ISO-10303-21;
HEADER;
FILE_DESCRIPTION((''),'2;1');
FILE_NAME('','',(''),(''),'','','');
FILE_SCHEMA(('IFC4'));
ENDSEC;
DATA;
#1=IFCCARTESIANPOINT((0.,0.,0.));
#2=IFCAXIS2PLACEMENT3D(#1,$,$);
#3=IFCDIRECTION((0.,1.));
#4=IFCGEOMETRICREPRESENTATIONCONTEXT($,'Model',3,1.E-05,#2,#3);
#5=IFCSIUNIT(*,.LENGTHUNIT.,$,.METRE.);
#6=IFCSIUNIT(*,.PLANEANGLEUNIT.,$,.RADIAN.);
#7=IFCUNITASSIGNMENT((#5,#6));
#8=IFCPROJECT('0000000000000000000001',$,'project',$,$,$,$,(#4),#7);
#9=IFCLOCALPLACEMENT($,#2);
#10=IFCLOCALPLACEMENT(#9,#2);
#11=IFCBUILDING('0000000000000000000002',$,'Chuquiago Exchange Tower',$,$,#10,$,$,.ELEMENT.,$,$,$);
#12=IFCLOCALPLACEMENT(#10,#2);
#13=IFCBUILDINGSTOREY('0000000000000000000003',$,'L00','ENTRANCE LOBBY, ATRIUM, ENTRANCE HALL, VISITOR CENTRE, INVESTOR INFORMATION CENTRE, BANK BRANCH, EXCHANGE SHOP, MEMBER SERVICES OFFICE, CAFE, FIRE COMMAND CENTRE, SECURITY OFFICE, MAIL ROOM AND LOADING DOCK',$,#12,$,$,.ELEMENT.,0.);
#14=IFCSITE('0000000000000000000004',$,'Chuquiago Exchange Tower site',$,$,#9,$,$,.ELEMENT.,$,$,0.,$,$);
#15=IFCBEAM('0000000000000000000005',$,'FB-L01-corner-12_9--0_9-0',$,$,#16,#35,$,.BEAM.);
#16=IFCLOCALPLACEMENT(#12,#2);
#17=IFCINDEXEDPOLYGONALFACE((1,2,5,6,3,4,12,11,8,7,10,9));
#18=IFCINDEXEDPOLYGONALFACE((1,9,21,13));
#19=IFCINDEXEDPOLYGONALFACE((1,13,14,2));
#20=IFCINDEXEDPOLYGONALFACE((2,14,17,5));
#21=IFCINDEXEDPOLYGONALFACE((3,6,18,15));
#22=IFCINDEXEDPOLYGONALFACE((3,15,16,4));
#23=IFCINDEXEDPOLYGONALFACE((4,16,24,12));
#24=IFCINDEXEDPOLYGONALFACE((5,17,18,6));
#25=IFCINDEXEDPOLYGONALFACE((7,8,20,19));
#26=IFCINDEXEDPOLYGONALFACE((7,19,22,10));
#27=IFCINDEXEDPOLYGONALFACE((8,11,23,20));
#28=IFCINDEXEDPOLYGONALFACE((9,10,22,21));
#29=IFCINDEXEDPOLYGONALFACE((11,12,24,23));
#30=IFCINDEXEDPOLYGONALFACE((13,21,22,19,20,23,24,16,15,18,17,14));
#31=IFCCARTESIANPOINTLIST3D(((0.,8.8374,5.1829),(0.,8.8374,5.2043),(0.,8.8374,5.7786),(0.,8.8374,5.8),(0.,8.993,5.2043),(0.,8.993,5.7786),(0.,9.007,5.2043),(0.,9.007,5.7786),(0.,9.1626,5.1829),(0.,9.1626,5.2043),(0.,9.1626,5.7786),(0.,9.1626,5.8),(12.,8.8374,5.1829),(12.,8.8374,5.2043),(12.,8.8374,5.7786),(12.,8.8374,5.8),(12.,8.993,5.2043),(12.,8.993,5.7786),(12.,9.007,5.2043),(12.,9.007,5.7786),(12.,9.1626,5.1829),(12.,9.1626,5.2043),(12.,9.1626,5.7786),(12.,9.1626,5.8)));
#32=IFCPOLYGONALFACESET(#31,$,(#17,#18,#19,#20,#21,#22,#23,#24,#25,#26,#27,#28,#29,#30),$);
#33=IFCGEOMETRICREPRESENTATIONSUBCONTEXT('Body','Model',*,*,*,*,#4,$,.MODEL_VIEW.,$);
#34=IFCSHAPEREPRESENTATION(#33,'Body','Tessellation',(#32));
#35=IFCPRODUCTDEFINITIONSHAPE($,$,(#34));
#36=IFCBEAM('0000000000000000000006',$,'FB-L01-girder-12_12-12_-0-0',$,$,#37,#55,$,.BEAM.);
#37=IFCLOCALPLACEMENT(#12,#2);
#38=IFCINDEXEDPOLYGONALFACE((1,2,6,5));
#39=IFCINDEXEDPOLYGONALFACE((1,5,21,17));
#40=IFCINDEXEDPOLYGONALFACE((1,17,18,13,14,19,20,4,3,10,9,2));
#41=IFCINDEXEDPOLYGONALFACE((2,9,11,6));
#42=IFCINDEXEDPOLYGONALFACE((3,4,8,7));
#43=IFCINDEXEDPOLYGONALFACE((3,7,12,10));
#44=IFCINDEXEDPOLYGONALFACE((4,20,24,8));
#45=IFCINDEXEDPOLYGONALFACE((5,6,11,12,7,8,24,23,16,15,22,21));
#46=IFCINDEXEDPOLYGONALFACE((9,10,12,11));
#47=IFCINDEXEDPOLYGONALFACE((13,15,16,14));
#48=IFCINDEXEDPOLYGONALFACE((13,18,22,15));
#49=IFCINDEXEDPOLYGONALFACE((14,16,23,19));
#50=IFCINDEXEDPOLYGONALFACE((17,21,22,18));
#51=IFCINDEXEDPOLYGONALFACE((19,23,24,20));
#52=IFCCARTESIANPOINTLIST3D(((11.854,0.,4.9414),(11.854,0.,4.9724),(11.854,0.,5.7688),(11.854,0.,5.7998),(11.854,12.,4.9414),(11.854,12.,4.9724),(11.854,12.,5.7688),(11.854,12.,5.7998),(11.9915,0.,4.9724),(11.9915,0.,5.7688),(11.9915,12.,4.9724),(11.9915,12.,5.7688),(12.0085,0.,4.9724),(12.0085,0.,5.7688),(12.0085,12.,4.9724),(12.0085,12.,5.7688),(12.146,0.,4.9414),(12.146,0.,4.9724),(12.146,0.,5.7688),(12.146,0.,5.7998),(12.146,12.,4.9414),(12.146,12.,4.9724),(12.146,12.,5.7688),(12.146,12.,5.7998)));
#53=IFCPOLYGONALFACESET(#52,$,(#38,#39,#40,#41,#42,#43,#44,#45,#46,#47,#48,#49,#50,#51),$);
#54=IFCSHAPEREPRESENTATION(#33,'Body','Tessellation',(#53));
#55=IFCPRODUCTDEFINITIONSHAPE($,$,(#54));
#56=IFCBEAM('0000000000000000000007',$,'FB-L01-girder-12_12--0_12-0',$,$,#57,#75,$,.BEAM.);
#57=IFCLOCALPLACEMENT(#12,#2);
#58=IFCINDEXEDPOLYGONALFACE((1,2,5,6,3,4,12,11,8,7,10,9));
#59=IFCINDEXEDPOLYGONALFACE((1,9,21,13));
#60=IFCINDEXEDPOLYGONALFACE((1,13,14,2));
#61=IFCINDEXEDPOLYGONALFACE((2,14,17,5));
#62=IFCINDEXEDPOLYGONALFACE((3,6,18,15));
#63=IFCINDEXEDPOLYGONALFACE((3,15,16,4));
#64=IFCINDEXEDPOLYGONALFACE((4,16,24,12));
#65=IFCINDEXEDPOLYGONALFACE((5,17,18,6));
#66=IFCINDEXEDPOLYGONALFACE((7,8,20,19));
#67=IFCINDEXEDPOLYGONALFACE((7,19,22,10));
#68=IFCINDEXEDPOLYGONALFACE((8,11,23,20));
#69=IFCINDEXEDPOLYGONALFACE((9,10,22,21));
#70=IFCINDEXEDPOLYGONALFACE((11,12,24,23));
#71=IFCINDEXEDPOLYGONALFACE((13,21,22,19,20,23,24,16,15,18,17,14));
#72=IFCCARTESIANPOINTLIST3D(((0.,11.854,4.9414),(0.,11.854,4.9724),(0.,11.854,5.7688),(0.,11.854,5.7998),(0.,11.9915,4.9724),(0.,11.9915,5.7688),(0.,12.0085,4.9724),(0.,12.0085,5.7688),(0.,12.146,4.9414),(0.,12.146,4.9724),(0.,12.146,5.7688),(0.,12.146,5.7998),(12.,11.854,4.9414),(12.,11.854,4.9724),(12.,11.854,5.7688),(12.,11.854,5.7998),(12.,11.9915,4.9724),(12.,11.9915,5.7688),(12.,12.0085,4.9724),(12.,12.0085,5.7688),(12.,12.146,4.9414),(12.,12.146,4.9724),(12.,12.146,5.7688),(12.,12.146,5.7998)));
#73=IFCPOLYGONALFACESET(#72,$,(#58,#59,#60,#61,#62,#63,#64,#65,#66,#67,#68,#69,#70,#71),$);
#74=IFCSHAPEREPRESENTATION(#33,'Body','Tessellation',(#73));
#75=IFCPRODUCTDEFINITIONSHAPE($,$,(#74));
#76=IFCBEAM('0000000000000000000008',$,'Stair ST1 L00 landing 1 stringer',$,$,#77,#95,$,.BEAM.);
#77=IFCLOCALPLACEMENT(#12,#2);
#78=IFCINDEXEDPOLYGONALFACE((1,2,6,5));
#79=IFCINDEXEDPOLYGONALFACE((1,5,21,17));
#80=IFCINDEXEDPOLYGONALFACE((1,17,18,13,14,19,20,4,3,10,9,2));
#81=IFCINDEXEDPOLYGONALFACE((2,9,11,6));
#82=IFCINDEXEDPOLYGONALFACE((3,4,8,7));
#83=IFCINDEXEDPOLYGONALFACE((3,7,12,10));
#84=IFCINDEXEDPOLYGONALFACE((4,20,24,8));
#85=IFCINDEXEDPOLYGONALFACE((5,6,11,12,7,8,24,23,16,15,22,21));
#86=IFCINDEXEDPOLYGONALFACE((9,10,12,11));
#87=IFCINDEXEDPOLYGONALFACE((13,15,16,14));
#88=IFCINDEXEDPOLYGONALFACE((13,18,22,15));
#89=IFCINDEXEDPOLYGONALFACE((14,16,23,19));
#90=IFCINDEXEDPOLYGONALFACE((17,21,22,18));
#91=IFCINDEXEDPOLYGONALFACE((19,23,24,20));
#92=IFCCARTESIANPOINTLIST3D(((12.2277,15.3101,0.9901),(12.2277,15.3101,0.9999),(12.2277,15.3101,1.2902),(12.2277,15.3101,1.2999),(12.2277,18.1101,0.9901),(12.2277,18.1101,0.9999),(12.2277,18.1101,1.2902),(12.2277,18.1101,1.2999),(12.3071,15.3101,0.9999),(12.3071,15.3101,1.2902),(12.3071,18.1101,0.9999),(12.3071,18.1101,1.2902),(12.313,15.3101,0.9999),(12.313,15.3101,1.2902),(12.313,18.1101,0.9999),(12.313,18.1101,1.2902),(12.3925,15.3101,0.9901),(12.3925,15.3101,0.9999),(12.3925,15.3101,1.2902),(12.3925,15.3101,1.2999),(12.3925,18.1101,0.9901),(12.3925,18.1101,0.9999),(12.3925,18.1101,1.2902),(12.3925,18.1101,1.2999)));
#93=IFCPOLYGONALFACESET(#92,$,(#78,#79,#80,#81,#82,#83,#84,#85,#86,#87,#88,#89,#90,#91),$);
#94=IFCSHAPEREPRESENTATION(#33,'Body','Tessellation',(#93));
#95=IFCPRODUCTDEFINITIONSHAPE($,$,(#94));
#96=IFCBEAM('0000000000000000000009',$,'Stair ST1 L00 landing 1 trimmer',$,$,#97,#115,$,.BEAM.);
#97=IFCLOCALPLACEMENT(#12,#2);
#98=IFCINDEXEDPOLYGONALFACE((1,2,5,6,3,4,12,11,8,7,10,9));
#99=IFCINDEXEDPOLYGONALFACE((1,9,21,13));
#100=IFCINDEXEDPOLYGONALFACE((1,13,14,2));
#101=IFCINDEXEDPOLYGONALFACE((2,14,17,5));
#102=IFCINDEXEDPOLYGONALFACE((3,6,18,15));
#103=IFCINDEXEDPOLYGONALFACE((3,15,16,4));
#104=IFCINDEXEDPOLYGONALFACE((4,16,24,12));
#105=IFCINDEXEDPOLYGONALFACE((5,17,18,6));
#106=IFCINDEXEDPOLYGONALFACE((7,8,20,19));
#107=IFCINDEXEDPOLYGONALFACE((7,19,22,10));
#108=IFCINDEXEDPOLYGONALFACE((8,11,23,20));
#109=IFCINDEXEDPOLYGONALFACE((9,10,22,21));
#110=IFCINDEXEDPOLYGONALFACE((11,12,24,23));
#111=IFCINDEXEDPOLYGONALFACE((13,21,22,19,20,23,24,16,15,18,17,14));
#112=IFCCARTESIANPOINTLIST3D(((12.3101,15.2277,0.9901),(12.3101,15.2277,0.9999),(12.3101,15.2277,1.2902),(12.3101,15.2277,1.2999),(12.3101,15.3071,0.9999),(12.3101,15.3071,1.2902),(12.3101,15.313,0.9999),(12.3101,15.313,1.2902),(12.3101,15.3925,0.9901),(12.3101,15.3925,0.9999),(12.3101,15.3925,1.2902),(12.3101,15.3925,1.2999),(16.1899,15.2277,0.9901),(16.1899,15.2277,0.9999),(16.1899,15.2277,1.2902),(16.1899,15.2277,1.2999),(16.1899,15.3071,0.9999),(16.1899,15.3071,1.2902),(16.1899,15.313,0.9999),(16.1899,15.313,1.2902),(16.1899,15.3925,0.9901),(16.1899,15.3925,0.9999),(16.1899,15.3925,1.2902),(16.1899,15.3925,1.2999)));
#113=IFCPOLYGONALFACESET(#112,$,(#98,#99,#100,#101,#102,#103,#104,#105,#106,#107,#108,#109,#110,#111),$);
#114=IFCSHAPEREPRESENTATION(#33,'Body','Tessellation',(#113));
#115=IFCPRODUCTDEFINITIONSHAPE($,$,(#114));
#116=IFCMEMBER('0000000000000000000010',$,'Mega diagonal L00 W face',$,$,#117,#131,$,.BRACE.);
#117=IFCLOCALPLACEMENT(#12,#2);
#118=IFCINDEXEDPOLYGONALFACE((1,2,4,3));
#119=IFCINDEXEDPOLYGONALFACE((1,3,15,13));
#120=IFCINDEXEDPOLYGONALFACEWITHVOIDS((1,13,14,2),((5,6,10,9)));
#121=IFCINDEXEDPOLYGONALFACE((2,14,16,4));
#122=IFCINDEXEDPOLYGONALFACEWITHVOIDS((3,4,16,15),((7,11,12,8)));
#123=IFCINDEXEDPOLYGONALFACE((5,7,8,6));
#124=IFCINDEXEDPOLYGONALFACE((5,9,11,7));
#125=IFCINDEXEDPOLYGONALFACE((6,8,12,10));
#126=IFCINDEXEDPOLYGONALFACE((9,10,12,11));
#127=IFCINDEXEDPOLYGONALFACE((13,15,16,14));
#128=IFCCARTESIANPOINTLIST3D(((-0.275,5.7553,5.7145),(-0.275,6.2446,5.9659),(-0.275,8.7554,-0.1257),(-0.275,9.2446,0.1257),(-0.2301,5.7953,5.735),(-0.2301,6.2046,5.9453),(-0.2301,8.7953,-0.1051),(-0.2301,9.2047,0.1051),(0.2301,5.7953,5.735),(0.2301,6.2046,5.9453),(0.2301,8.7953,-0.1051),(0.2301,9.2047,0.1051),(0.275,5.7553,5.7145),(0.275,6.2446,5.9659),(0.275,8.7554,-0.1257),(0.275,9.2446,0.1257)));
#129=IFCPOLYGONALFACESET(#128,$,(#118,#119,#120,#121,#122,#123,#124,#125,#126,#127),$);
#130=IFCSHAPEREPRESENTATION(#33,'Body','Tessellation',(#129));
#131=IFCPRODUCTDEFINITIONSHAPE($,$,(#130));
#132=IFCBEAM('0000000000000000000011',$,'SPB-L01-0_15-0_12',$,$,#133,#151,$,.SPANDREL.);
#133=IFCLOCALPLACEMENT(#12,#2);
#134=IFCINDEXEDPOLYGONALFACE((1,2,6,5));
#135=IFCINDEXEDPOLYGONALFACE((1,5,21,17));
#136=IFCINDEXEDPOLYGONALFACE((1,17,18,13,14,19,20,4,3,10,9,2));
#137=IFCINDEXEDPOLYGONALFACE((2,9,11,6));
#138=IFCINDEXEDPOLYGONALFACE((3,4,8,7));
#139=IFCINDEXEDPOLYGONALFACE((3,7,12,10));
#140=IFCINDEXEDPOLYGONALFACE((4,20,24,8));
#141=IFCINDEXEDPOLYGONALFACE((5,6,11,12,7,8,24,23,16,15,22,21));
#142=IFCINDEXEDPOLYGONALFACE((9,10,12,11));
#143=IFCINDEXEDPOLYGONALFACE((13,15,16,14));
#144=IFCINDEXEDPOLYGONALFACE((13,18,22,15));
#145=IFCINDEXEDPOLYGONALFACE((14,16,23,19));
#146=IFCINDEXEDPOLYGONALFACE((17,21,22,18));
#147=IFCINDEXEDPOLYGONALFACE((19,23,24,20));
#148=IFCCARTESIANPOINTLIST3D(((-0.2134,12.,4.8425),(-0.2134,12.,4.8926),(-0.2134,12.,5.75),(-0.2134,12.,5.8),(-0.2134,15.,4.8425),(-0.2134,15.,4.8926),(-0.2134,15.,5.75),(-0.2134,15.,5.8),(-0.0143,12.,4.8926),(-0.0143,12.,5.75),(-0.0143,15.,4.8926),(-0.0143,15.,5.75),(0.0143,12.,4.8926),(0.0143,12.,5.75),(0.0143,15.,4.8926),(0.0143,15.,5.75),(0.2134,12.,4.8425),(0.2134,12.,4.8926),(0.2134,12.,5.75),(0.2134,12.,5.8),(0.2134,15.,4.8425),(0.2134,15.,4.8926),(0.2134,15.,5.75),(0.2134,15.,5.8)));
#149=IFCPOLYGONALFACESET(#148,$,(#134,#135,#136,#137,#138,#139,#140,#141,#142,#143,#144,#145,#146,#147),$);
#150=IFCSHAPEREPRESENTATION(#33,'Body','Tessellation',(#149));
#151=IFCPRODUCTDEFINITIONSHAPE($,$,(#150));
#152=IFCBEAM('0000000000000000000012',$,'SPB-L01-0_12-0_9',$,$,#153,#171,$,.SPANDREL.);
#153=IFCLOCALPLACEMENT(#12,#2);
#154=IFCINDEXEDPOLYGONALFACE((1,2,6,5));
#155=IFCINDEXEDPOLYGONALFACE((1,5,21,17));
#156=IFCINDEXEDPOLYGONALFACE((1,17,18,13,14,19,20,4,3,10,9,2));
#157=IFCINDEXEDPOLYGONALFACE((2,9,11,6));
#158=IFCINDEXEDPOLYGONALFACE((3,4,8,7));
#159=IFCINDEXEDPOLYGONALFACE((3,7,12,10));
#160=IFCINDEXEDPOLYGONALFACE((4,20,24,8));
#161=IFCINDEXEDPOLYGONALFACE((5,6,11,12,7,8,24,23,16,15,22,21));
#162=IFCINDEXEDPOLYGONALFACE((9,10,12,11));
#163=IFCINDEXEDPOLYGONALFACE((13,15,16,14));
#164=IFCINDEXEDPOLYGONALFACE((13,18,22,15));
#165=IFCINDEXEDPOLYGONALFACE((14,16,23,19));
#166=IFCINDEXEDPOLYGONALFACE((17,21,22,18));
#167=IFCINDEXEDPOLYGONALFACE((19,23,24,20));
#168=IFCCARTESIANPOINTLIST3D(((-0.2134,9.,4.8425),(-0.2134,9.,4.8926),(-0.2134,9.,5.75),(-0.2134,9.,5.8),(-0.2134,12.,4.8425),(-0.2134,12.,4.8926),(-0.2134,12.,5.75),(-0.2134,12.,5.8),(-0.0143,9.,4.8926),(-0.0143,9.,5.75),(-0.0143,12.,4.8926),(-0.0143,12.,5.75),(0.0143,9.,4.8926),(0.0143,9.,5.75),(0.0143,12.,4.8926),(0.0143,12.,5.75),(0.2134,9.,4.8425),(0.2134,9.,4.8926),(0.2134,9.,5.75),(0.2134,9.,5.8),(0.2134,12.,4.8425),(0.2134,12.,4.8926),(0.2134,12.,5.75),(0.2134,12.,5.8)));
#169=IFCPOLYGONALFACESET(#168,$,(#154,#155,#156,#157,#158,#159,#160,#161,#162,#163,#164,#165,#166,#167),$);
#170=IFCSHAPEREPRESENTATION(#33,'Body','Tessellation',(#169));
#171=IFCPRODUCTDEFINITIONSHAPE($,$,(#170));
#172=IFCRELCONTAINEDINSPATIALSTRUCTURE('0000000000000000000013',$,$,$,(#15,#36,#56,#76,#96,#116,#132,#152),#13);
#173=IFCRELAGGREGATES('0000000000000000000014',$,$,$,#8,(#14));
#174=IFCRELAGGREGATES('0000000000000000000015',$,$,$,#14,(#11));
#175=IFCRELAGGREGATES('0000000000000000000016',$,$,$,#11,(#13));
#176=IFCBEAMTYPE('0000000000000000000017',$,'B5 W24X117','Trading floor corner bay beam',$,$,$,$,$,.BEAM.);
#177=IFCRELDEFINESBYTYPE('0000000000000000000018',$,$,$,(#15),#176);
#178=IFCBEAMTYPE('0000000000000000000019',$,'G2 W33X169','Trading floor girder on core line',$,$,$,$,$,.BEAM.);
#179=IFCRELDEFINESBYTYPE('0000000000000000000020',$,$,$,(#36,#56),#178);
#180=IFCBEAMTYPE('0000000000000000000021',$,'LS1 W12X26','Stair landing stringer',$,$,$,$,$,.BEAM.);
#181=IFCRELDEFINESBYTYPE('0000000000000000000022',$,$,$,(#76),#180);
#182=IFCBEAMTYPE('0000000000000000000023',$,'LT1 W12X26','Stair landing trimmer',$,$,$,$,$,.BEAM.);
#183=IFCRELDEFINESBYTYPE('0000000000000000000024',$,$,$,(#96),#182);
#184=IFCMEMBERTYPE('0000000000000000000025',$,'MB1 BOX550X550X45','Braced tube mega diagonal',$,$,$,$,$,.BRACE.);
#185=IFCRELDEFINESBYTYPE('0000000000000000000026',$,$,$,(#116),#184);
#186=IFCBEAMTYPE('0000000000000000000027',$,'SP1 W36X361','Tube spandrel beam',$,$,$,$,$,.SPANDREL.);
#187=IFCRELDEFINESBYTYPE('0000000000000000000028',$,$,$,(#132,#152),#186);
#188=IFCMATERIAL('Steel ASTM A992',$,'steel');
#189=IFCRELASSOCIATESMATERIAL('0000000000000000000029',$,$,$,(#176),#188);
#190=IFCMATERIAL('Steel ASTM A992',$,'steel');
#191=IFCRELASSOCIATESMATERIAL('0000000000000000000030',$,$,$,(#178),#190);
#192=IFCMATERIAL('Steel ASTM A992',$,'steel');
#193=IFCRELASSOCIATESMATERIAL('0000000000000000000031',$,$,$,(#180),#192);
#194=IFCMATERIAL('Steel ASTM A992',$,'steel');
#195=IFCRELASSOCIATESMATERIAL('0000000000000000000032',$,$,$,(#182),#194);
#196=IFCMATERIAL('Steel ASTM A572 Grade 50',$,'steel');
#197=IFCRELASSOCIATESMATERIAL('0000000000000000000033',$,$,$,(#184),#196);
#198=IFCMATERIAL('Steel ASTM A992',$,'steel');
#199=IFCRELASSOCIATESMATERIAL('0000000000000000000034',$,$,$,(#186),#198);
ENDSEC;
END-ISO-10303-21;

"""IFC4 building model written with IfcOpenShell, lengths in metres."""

from ifc_helpers import new_model, si_unit, direction, frame, origin, origin_2d, place, context, subcontext, project, spatial, hollow_rectangle, i_section, extrude, material, material_profile, profile_set, type_object, element, save


model = new_model("IFC4")

# Units and contexts
model_context = context("Model", 3, precision=1e-05, world=origin(), true_north=direction((0.0, 1.0)))
body_context = subcontext(model_context, "Body", "Model", "MODEL_VIEW")
ifc_project = project(units=[si_unit("LENGTHUNIT", "METRE"), si_unit("PLANEANGLEUNIT", "RADIAN")], contexts=[model_context])

# Site, building, storey
site_placement = place(None, origin())
site = spatial("IfcSite", under=ifc_project, at=site_placement, Name="Chuquiago Exchange Tower site", CompositionType="ELEMENT", RefElevation=0.0)
building_placement = place(site_placement, origin())
building = spatial("IfcBuilding", under=site, at=building_placement, Name="Chuquiago Exchange Tower", CompositionType="ELEMENT")
storey_placement = place(building_placement, origin())
storey = spatial("IfcBuildingStorey", under=building, at=storey_placement, Name="L00", Description="ENTRANCE LOBBY, ATRIUM, ENTRANCE HALL, VISITOR CENTRE, INVESTOR INFORMATION CENTRE, BANK BRANCH, EXCHANGE SHOP, MEMBER SERVICES OFFICE, CAFE, FIRE COMMAND CENTRE, SECURITY OFFICE, MAIL ROOM AND LOADING DOCK", CompositionType="ELEMENT", Elevation=0.0)

# Beams
ifc_material_1 = material(Name="Steel ASTM A992", Category="steel")
ifc_material_profile_1 = material_profile(ifc_material_1, i_section(OverallWidth=0.3252, OverallDepth=0.6172, WebThickness=0.0139, FlangeThickness=0.0215, at=origin_2d()), Name="W24X117")
ifc_profile_set_1 = profile_set([ifc_material_profile_1], Name="Steel ASTM A992")
beam_type_1 = type_object("IfcBeamType", Name="B5 W24X117", Description="Trading floor corner bay beam", PredefinedType="BEAM", material=ifc_profile_set_1)
for number, where, z_axis, x_axis, name in (
    (1, (12.0, 9.0, 5.4915), (-1.0, 0.0, 0.0), (0.0, -1.0, 0.0), "FB-L01-corner-12_9--0_9-0"),
):
    element("IfcBeam", number, at=place(storey_placement, frame(where, z_axis=z_axis, x_axis=x_axis)), inside=storey, type_object=beam_type_1, Name=name, PredefinedType="BEAM", context=body_context, shape_type="SweptSolid", body=[
        extrude(i_section(OverallWidth=0.3252, OverallDepth=0.6172, WebThickness=0.0139, FlangeThickness=0.0215, at=origin_2d()), origin(), (0.0, 0.0, 1.0), 12.0),
    ])
ifc_material_2 = material(Name="Steel ASTM A992", Category="steel")
ifc_material_profile_2 = material_profile(ifc_material_2, i_section(OverallWidth=0.292, OverallDepth=0.8584, WebThickness=0.0171, FlangeThickness=0.031, at=origin_2d()), Name="W33X169")
ifc_profile_set_2 = profile_set([ifc_material_profile_2], Name="Steel ASTM A992")
beam_type_2 = type_object("IfcBeamType", Name="G2 W33X169", Description="Trading floor girder on core line", PredefinedType="BEAM", material=ifc_profile_set_2)
for number, where, z_axis, x_axis, name in (
    (2, (12.0, 12.0, 5.3706), (0.0, -1.0, 0.0), (1.0, 0.0, 0.0), "FB-L01-girder-12_12-12_-0-0"),
    (3, (12.0, 12.0, 5.3706), (-1.0, 0.0, 0.0), (0.0, -1.0, 0.0), "FB-L01-girder-12_12--0_12-0"),
):
    element("IfcBeam", number, at=place(storey_placement, frame(where, z_axis=z_axis, x_axis=x_axis)), inside=storey, type_object=beam_type_2, Name=name, PredefinedType="BEAM", context=body_context, shape_type="SweptSolid", body=[
        extrude(i_section(OverallWidth=0.292, OverallDepth=0.8584, WebThickness=0.0171, FlangeThickness=0.031, at=origin_2d()), origin(), (0.0, 0.0, 1.0), 12.0),
    ])
ifc_material_3 = material(Name="Steel ASTM A992", Category="steel")
ifc_material_profile_3 = material_profile(ifc_material_3, i_section(OverallWidth=0.1648, OverallDepth=0.3098, WebThickness=0.0059, FlangeThickness=0.0098, at=origin_2d()), Name="W12X26")
ifc_profile_set_3 = profile_set([ifc_material_profile_3], Name="Steel ASTM A992")
beam_type_3 = type_object("IfcBeamType", Name="LS1 W12X26", Description="Stair landing stringer", PredefinedType="BEAM", material=ifc_profile_set_3)
beam_1_placement = place(storey_placement, frame((12.3101, 15.3101, 1.145), z_axis=(0.0, 1.0, 0.0), x_axis=(-1.0, 0.0, 0.0)))
element("IfcBeam", 4, at=beam_1_placement, inside=storey, type_object=beam_type_3, Name="Stair ST1 L00 landing 1 stringer", PredefinedType="BEAM", context=body_context, shape_type="SweptSolid", body=[
    extrude(i_section(OverallWidth=0.1648, OverallDepth=0.3098, WebThickness=0.0059, FlangeThickness=0.0098, at=origin_2d()), origin(), (0.0, 0.0, 1.0), 2.8),
])
ifc_material_4 = material(Name="Steel ASTM A992", Category="steel")
ifc_material_profile_4 = material_profile(ifc_material_4, i_section(OverallWidth=0.1648, OverallDepth=0.3098, WebThickness=0.0059, FlangeThickness=0.0098, at=origin_2d()), Name="W12X26")
ifc_profile_set_4 = profile_set([ifc_material_profile_4], Name="Steel ASTM A992")
beam_type_4 = type_object("IfcBeamType", Name="LT1 W12X26", Description="Stair landing trimmer", PredefinedType="BEAM", material=ifc_profile_set_4)
beam_2_placement = place(storey_placement, frame((12.3101, 15.3101, 1.145), z_axis=(1.0, 0.0, 0.0), x_axis=(0.0, 1.0, 0.0)))
element("IfcBeam", 5, at=beam_2_placement, inside=storey, type_object=beam_type_4, Name="Stair ST1 L00 landing 1 trimmer", PredefinedType="BEAM", context=body_context, shape_type="SweptSolid", body=[
    extrude(i_section(OverallWidth=0.1648, OverallDepth=0.3098, WebThickness=0.0059, FlangeThickness=0.0098, at=origin_2d()), origin(), (0.0, 0.0, 1.0), 3.8799),
])

# Member
ifc_material_5 = material(Name="Steel ASTM A572 Grade 50", Category="steel")
ifc_material_profile_5 = material_profile(ifc_material_5, hollow_rectangle(XDim=0.55, YDim=0.55, WallThickness=0.0449, at=origin_2d()), Name="BOX550X550X45")
ifc_profile_set_5 = profile_set([ifc_material_profile_5], Name="Steel ASTM A572 Grade 50")
member_type = type_object("IfcMemberType", Name="MB1 BOX550X550X45", Description="Braced tube mega diagonal", PredefinedType="BRACE", material=ifc_profile_set_5)
member_placement = place(storey_placement, frame((0.0, 9.0, 0.0), z_axis=(0.0, -0.45693, 0.889503), x_axis=(1.0, 0.0, 0.0)))
element("IfcMember", 6, at=member_placement, inside=storey, type_object=member_type, Name="Mega diagonal L00 W face", PredefinedType="BRACE", context=body_context, shape_type="SweptSolid", body=[
    extrude(hollow_rectangle(XDim=0.55, YDim=0.55, WallThickness=0.0449, at=origin_2d()), origin(), (0.0, 0.0, 1.0), 6.5657),
])

# Beams
ifc_material_6 = material(Name="Steel ASTM A992", Category="steel")
ifc_material_profile_6 = material_profile(ifc_material_6, i_section(OverallWidth=0.4268, OverallDepth=0.9575, WebThickness=0.0286, FlangeThickness=0.05, at=origin_2d()), Name="W36X361")
ifc_profile_set_6 = profile_set([ifc_material_profile_6], Name="Steel ASTM A992")
beam_type_5 = type_object("IfcBeamType", Name="SP1 W36X361", Description="Tube spandrel beam", PredefinedType="SPANDREL", material=ifc_profile_set_6)
for number, where, z_axis, x_axis, name in (
    (7, (0.0, 15.0, 5.3213), (0.0, -1.0, 0.0), (1.0, 0.0, 0.0), "SPB-L01-0_15-0_12"),
    (8, (0.0, 12.0, 5.3213), (0.0, -1.0, 0.0), (1.0, 0.0, 0.0), "SPB-L01-0_12-0_9"),
):
    element("IfcBeam", number, at=place(storey_placement, frame(where, z_axis=z_axis, x_axis=x_axis)), inside=storey, type_object=beam_type_5, Name=name, PredefinedType="SPANDREL", context=body_context, shape_type="SweptSolid", body=[
        extrude(i_section(OverallWidth=0.4268, OverallDepth=0.9575, WebThickness=0.0286, FlangeThickness=0.05, at=origin_2d()), origin(), (0.0, 0.0, 1.0), 3.0),
    ])

save(model, "model.ifc")
